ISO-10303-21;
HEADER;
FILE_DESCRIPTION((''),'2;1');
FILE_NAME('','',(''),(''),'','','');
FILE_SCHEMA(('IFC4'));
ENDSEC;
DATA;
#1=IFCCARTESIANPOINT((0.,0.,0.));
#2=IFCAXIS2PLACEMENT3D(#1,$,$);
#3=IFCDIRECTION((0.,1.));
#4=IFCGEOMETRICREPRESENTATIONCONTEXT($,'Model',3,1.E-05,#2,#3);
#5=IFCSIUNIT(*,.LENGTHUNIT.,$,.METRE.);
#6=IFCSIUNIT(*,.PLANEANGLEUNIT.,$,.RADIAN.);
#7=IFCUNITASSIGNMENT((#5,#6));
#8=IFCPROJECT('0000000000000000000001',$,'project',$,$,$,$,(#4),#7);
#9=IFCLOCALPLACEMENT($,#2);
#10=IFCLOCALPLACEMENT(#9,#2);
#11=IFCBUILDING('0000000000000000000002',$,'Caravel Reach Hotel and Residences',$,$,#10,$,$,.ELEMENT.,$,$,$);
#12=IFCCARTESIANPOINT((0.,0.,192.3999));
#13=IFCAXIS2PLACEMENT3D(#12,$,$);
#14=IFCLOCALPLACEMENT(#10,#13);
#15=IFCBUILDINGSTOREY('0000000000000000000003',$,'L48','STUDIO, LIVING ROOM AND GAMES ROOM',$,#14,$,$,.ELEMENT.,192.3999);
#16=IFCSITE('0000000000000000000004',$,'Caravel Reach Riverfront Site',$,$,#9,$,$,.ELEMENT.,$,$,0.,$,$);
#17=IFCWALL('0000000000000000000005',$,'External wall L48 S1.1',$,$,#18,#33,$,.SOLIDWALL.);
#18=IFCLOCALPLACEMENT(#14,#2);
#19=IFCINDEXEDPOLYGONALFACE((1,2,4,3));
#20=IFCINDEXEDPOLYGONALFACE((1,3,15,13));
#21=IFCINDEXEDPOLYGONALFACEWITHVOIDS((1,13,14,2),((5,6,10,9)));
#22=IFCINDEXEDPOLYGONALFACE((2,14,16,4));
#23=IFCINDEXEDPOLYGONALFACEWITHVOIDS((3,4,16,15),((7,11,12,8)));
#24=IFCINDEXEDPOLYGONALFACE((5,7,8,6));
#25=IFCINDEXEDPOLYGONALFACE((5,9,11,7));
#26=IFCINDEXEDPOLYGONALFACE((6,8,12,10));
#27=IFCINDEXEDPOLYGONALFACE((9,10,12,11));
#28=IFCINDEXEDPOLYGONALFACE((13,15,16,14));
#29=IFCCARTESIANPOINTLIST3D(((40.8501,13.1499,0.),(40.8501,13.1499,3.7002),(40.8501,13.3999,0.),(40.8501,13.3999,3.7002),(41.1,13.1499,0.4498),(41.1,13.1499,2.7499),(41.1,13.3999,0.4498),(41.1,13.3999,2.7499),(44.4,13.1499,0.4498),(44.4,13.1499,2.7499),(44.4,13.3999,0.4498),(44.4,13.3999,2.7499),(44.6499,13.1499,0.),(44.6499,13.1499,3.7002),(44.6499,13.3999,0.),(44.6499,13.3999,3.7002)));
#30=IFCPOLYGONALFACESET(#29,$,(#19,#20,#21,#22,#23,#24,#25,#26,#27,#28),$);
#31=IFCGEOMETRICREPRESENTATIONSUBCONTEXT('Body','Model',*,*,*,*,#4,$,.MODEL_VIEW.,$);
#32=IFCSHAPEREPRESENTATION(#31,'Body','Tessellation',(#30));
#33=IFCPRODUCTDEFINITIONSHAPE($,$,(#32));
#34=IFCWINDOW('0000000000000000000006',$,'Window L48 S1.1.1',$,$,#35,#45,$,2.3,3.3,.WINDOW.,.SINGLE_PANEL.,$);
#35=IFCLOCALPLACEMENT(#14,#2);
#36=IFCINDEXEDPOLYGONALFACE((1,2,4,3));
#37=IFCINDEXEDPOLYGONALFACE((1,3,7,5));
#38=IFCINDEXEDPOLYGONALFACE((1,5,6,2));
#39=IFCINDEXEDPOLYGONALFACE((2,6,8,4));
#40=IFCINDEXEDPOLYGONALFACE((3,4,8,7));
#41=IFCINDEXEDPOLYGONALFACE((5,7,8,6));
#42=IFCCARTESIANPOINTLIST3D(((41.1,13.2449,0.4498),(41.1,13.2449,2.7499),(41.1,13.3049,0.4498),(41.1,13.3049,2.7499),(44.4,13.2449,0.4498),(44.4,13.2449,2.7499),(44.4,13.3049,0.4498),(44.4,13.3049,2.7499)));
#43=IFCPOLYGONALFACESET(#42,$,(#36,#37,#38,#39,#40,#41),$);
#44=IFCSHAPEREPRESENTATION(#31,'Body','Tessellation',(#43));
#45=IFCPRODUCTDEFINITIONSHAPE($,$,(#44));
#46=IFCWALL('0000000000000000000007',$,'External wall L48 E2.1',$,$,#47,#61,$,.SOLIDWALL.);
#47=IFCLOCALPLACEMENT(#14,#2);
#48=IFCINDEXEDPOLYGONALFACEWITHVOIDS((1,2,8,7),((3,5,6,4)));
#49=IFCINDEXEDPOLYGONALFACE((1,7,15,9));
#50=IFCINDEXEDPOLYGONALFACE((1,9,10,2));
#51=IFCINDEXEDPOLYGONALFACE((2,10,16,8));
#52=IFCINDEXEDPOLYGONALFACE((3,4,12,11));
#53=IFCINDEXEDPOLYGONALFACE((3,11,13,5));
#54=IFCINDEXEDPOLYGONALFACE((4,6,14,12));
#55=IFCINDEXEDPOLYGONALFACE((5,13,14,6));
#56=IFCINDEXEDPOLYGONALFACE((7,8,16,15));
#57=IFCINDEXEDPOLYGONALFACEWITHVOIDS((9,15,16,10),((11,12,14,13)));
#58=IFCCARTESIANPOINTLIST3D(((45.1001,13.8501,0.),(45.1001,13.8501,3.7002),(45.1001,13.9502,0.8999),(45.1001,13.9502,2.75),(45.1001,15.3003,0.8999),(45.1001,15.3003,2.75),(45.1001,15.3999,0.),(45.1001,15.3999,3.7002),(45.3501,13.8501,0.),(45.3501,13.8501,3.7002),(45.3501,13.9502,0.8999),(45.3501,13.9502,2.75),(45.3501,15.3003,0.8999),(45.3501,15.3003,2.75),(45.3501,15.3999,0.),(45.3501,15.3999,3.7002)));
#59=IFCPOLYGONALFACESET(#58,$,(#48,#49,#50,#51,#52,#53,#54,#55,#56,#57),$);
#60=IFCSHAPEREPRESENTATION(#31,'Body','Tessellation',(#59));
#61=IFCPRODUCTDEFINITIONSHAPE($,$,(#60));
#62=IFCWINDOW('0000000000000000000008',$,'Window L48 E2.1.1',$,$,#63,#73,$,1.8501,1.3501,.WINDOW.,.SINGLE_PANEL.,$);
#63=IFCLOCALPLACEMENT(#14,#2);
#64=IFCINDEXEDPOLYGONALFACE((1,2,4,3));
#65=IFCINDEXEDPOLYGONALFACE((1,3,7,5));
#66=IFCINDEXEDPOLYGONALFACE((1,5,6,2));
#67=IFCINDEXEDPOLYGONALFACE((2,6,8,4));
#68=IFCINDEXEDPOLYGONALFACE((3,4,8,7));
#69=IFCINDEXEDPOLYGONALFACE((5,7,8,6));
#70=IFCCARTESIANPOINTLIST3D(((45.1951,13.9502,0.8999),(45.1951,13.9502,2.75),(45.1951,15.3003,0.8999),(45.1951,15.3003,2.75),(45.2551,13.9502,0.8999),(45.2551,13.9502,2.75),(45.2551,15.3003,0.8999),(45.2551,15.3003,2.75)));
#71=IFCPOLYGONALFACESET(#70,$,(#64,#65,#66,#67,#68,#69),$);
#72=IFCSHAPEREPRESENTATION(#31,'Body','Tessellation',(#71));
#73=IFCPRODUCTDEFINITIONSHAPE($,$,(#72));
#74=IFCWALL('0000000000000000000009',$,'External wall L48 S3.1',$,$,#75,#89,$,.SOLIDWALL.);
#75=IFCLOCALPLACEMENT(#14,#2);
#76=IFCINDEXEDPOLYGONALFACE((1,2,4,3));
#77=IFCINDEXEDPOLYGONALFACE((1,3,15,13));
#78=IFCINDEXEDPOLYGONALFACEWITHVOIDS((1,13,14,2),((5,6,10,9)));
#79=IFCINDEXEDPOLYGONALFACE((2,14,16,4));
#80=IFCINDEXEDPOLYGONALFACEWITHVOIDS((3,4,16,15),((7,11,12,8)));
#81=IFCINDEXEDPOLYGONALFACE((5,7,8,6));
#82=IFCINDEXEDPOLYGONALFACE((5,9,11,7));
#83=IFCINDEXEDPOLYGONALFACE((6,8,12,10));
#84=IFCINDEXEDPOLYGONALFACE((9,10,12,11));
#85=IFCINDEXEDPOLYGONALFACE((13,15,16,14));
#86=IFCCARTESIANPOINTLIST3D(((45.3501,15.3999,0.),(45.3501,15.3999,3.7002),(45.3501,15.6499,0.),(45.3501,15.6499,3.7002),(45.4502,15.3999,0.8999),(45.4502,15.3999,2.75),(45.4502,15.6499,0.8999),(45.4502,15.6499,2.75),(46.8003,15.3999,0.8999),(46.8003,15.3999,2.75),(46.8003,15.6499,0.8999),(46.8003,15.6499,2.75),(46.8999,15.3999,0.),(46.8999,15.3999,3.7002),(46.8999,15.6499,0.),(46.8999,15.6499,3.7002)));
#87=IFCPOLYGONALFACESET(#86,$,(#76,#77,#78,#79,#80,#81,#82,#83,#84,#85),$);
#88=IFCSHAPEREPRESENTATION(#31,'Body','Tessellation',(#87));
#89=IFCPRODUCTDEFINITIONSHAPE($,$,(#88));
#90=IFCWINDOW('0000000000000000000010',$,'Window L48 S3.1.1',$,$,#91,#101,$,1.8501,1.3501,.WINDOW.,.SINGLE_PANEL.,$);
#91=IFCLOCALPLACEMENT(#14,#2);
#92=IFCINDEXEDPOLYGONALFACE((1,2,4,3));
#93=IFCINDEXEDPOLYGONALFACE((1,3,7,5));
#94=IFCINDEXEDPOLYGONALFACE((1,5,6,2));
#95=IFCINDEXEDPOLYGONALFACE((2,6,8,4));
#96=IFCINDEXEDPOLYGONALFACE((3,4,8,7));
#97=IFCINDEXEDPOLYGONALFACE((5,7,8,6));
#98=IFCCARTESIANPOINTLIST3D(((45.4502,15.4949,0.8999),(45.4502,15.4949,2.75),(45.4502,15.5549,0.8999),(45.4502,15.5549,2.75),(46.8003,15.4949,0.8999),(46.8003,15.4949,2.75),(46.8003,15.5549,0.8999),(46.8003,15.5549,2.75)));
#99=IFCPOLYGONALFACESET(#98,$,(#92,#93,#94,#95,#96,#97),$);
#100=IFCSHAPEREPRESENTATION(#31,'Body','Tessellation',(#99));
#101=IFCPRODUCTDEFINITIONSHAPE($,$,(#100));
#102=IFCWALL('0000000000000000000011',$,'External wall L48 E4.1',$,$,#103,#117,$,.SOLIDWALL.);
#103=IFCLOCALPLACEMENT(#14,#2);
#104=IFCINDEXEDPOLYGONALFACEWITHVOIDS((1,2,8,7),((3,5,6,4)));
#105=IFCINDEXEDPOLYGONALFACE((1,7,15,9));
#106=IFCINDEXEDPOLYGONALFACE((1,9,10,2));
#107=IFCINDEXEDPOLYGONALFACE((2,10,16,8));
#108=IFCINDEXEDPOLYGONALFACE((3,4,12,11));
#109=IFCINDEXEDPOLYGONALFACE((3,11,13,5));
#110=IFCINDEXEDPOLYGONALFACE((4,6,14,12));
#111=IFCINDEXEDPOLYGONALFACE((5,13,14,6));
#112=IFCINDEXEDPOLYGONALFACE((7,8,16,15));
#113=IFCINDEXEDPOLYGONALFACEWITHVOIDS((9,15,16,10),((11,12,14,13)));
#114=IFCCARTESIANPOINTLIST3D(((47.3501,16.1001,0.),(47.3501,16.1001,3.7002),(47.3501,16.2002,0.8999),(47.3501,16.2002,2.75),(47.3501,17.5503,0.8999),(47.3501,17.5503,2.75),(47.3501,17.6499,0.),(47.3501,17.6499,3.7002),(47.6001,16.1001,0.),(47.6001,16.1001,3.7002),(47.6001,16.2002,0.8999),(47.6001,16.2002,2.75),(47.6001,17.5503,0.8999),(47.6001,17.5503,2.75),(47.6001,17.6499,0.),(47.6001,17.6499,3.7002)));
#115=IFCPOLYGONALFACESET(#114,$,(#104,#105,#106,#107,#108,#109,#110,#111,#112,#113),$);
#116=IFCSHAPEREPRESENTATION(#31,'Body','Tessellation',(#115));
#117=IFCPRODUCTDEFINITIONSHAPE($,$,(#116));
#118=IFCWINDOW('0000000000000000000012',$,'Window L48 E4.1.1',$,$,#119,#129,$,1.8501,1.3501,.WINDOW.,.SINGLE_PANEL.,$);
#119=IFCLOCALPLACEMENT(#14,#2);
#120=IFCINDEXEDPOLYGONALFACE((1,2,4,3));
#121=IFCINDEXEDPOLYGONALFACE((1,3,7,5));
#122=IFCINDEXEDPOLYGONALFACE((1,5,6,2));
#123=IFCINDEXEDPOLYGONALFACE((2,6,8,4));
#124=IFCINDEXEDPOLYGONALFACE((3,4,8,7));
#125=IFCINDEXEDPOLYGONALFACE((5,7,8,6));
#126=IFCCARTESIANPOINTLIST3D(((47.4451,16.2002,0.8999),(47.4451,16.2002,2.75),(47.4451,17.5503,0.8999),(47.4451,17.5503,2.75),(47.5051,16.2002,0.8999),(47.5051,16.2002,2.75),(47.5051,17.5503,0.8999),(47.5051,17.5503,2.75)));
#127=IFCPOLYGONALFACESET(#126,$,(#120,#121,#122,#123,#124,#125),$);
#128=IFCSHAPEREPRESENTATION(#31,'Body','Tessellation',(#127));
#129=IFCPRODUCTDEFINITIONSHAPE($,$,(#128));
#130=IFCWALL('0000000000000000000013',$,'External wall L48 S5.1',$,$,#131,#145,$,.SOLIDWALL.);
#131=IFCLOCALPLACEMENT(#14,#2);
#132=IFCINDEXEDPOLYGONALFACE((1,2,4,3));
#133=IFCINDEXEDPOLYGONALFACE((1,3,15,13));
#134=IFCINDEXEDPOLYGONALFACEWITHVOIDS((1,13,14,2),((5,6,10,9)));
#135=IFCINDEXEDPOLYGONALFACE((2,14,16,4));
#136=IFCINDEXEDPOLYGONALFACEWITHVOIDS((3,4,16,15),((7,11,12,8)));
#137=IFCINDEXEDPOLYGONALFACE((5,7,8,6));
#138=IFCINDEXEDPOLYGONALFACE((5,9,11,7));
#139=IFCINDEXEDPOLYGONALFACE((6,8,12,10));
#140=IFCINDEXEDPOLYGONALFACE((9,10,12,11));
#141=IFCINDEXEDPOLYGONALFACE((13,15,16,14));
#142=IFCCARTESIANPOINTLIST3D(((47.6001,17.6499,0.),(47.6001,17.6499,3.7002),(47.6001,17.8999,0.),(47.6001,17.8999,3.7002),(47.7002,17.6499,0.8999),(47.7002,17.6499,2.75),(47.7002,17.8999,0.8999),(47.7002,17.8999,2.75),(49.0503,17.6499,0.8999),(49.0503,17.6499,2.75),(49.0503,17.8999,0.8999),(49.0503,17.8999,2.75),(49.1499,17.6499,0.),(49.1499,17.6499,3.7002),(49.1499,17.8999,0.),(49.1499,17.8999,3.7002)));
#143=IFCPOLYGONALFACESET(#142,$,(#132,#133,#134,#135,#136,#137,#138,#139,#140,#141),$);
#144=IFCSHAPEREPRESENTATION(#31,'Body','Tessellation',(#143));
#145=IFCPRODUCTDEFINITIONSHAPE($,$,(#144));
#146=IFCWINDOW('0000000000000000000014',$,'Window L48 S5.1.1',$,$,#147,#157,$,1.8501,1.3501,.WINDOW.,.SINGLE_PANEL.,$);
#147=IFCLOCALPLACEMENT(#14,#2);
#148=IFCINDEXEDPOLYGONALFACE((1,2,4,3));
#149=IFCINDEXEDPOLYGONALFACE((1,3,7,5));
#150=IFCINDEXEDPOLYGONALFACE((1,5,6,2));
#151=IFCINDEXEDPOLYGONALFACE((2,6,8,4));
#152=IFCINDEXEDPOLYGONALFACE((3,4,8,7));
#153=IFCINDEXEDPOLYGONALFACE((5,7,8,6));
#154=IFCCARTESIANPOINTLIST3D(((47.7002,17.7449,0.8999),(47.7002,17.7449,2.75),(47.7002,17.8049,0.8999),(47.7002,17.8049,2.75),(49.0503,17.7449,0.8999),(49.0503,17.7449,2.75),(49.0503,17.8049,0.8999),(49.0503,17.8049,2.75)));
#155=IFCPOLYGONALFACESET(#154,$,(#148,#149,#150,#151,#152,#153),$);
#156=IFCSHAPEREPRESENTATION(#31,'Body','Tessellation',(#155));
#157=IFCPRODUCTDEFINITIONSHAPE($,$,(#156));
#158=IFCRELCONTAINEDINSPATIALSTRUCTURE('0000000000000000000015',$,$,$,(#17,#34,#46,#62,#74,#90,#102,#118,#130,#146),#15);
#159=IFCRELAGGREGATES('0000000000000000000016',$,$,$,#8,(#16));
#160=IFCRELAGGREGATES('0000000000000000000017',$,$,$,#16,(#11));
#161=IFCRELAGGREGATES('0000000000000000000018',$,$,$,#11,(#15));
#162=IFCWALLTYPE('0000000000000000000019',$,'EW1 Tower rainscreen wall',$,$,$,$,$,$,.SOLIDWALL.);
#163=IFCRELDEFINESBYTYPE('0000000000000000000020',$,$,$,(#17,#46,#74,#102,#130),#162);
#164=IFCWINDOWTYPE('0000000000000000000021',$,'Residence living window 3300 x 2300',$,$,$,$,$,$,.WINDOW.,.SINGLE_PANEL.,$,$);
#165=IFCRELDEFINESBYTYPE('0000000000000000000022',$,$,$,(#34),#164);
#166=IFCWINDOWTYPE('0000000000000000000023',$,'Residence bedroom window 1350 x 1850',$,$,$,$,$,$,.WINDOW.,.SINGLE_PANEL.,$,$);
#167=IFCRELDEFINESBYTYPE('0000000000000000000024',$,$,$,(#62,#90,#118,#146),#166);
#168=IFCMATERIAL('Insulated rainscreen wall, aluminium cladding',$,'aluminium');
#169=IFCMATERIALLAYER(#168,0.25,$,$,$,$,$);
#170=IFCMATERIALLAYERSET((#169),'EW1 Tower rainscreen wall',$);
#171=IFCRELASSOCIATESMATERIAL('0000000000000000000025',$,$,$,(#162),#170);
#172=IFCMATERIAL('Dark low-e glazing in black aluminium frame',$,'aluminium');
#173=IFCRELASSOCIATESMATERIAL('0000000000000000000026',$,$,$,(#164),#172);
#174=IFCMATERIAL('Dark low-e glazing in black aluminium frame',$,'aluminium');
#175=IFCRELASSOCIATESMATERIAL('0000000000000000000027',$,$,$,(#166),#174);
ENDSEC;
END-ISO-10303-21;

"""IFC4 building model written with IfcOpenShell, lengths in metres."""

from ifc_helpers import new_model, si_unit, direction, frame, frame_2d, origin, place, context, subcontext, project, spatial, rectangle, extrude, material, layer, layer_set, type_object, element, fill, save


model = new_model("IFC4")

# Units and contexts
model_context = context("Model", 3, precision=1e-05, world=origin(), true_north=direction((0.0, 1.0)))
body_context = subcontext(model_context, "Body", "Model", "MODEL_VIEW")
ifc_project = project(units=[si_unit("LENGTHUNIT", "METRE"), si_unit("PLANEANGLEUNIT", "RADIAN")], contexts=[model_context])

# Site, building, storey
site_placement = place(None, origin())
site = spatial("IfcSite", under=ifc_project, at=site_placement, Name="Caravel Reach Riverfront Site", CompositionType="ELEMENT", RefElevation=0.0)
building_placement = place(site_placement, origin())
building = spatial("IfcBuilding", under=site, at=building_placement, Name="Caravel Reach Hotel and Residences", CompositionType="ELEMENT")
storey_placement = place(building_placement, frame((0.0, 0.0, 192.3999)))
storey = spatial("IfcBuildingStorey", under=building, at=storey_placement, Name="L48", Description="STUDIO, LIVING ROOM AND GAMES ROOM", CompositionType="ELEMENT", Elevation=192.3999)

# Walls, openings, windows
ifc_material_1 = material(Name="Insulated rainscreen wall, aluminium cladding", Category="aluminium")
ifc_layer_1 = layer(ifc_material_1, 0.25)
ifc_layer_set_1 = layer_set([ifc_layer_1], Name="EW1 Tower rainscreen wall")
wall_type_1 = type_object("IfcWallType", Name="EW1 Tower rainscreen wall", PredefinedType="SOLIDWALL", material=ifc_layer_set_1)
wall_1_placement = place(storey_placement, frame((40.8501, 13.2749, 0.0), z_axis=(0.0, 0.0, 1.0), x_axis=(1.0, 0.0, 0.0)))
wall_1 = element("IfcWall", 1, at=wall_1_placement, inside=storey, type_object=wall_type_1, Name="External wall L48 S1.1", PredefinedType="SOLIDWALL", context=body_context, shape_type="SweptSolid", body=[
    extrude(rectangle(XDim=3.7998, YDim=0.25, at=frame_2d((1.8999, 0.0))), origin(), (0.0, 0.0, 1.0), 3.7002),
])
opening_1_placement = place(wall_1_placement, frame((0.25, 0.0, 0.45)))
opening_1 = element("IfcOpeningElement", 2, at=opening_1_placement, cuts=wall_1, PredefinedType="OPENING", context=body_context, shape_type="SweptSolid", body=[
    extrude(rectangle(XDim=3.3, YDim=2.3, at=frame_2d((1.6499, 1.1499))), frame((0.0, 0.135, 0.0), z_axis=(0.0, -1.0, 0.0), x_axis=(1.0, 0.0, 0.0)), (0.0, 0.0, 1.0), 0.27),
])
ifc_material_2 = material(Name="Dark low-e glazing in black aluminium frame", Category="aluminium")
window_type_1 = type_object("IfcWindowType", Name="Residence living window 3300 x 2300", PartitioningType="SINGLE_PANEL", PredefinedType="WINDOW", material=ifc_material_2)
window_1_placement = place(opening_1_placement, origin())
window_1 = element("IfcWindow", 3, at=window_1_placement, inside=storey, type_object=window_type_1, Name="Window L48 S1.1.1", OverallHeight=2.3, OverallWidth=3.3, PartitioningType="SINGLE_PANEL", PredefinedType="WINDOW", context=body_context, shape_type="SweptSolid", body=[
    extrude(rectangle(XDim=3.3, YDim=2.3, at=frame_2d((1.6499, 1.1499))), frame((0.0, 0.03, 0.0), z_axis=(0.0, -1.0, 0.0), x_axis=(1.0, 0.0, 0.0)), (0.0, 0.0, 1.0), 0.0601),
])
fill(opening_1, window_1)
wall_2_placement = place(storey_placement, frame((45.2251, 13.8501, 0.0), z_axis=(0.0, 0.0, 1.0), x_axis=(0.0, 1.0, 0.0)))
wall_2 = element("IfcWall", 4, at=wall_2_placement, inside=storey, type_object=wall_type_1, Name="External wall L48 E2.1", PredefinedType="SOLIDWALL", context=body_context, shape_type="SweptSolid", body=[
    extrude(rectangle(XDim=1.5498, YDim=0.25, at=frame_2d((0.7749, 0.0))), origin(), (0.0, 0.0, 1.0), 3.7002),
])
opening_2_placement = place(wall_2_placement, frame((0.1001, 0.0, 0.8999)))
opening_2 = element("IfcOpeningElement", 5, at=opening_2_placement, cuts=wall_2, PredefinedType="OPENING", context=body_context, shape_type="SweptSolid", body=[
    extrude(rectangle(XDim=1.3501, YDim=1.8501, at=frame_2d((0.675, 0.925))), frame((0.0, 0.135, 0.0), z_axis=(0.0, -1.0, 0.0), x_axis=(1.0, 0.0, 0.0)), (0.0, 0.0, 1.0), 0.27),
])
ifc_material_3 = material(Name="Dark low-e glazing in black aluminium frame", Category="aluminium")
window_type_2 = type_object("IfcWindowType", Name="Residence bedroom window 1350 x 1850", PartitioningType="SINGLE_PANEL", PredefinedType="WINDOW", material=ifc_material_3)
window_2_placement = place(opening_2_placement, origin())
window_2 = element("IfcWindow", 6, at=window_2_placement, inside=storey, type_object=window_type_2, Name="Window L48 E2.1.1", OverallHeight=1.8501, OverallWidth=1.3501, PartitioningType="SINGLE_PANEL", PredefinedType="WINDOW", context=body_context, shape_type="SweptSolid", body=[
    extrude(rectangle(XDim=1.3501, YDim=1.8501, at=frame_2d((0.675, 0.925))), frame((0.0, 0.03, 0.0), z_axis=(0.0, -1.0, 0.0), x_axis=(1.0, 0.0, 0.0)), (0.0, 0.0, 1.0), 0.0601),
])
fill(opening_2, window_2)
wall_3_placement = place(storey_placement, frame((45.3501, 15.5249, 0.0), z_axis=(0.0, 0.0, 1.0), x_axis=(1.0, 0.0, 0.0)))
wall_3 = element("IfcWall", 7, at=wall_3_placement, inside=storey, type_object=wall_type_1, Name="External wall L48 S3.1", PredefinedType="SOLIDWALL", context=body_context, shape_type="SweptSolid", body=[
    extrude(rectangle(XDim=1.5498, YDim=0.25, at=frame_2d((0.7749, 0.0))), origin(), (0.0, 0.0, 1.0), 3.7002),
])
opening_3_placement = place(wall_3_placement, frame((0.1001, 0.0, 0.8999)))
opening_3 = element("IfcOpeningElement", 8, at=opening_3_placement, cuts=wall_3, PredefinedType="OPENING", context=body_context, shape_type="SweptSolid", body=[
    extrude(rectangle(XDim=1.3501, YDim=1.8501, at=frame_2d((0.675, 0.925))), frame((0.0, 0.135, 0.0), z_axis=(0.0, -1.0, 0.0), x_axis=(1.0, 0.0, 0.0)), (0.0, 0.0, 1.0), 0.27),
])
window_3_placement = place(opening_3_placement, origin())
window_3 = element("IfcWindow", 9, at=window_3_placement, inside=storey, type_object=window_type_2, Name="Window L48 S3.1.1", OverallHeight=1.8501, OverallWidth=1.3501, PartitioningType="SINGLE_PANEL", PredefinedType="WINDOW", context=body_context, shape_type="SweptSolid", body=[
    extrude(rectangle(XDim=1.3501, YDim=1.8501, at=frame_2d((0.675, 0.925))), frame((0.0, 0.03, 0.0), z_axis=(0.0, -1.0, 0.0), x_axis=(1.0, 0.0, 0.0)), (0.0, 0.0, 1.0), 0.0601),
])
fill(opening_3, window_3)
wall_4_placement = place(storey_placement, frame((47.4751, 16.1001, 0.0), z_axis=(0.0, 0.0, 1.0), x_axis=(0.0, 1.0, 0.0)))
wall_4 = element("IfcWall", 10, at=wall_4_placement, inside=storey, type_object=wall_type_1, Name="External wall L48 E4.1", PredefinedType="SOLIDWALL", context=body_context, shape_type="SweptSolid", body=[
    extrude(rectangle(XDim=1.5498, YDim=0.25, at=frame_2d((0.7749, 0.0))), origin(), (0.0, 0.0, 1.0), 3.7002),
])
opening_4_placement = place(wall_4_placement, frame((0.1001, 0.0, 0.8999)))
opening_4 = element("IfcOpeningElement", 11, at=opening_4_placement, cuts=wall_4, PredefinedType="OPENING", context=body_context, shape_type="SweptSolid", body=[
    extrude(rectangle(XDim=1.3501, YDim=1.8501, at=frame_2d((0.675, 0.925))), frame((0.0, 0.135, 0.0), z_axis=(0.0, -1.0, 0.0), x_axis=(1.0, 0.0, 0.0)), (0.0, 0.0, 1.0), 0.27),
])
window_4_placement = place(opening_4_placement, origin())
window_4 = element("IfcWindow", 12, at=window_4_placement, inside=storey, type_object=window_type_2, Name="Window L48 E4.1.1", OverallHeight=1.8501, OverallWidth=1.3501, PartitioningType="SINGLE_PANEL", PredefinedType="WINDOW", context=body_context, shape_type="SweptSolid", body=[
    extrude(rectangle(XDim=1.3501, YDim=1.8501, at=frame_2d((0.675, 0.925))), frame((0.0, 0.03, 0.0), z_axis=(0.0, -1.0, 0.0), x_axis=(1.0, 0.0, 0.0)), (0.0, 0.0, 1.0), 0.0601),
])
fill(opening_4, window_4)
wall_5_placement = place(storey_placement, frame((47.6001, 17.7749, 0.0), z_axis=(0.0, 0.0, 1.0), x_axis=(1.0, 0.0, 0.0)))
wall_5 = element("IfcWall", 13, at=wall_5_placement, inside=storey, type_object=wall_type_1, Name="External wall L48 S5.1", PredefinedType="SOLIDWALL", context=body_context, shape_type="SweptSolid", body=[
    extrude(rectangle(XDim=1.5498, YDim=0.25, at=frame_2d((0.7749, 0.0))), origin(), (0.0, 0.0, 1.0), 3.7002),
])
opening_5_placement = place(wall_5_placement, frame((0.1001, 0.0, 0.8999)))
opening_5 = element("IfcOpeningElement", 14, at=opening_5_placement, cuts=wall_5, PredefinedType="OPENING", context=body_context, shape_type="SweptSolid", body=[
    extrude(rectangle(XDim=1.3501, YDim=1.8501, at=frame_2d((0.675, 0.925))), frame((0.0, 0.135, 0.0), z_axis=(0.0, -1.0, 0.0), x_axis=(1.0, 0.0, 0.0)), (0.0, 0.0, 1.0), 0.27),
])
window_5_placement = place(opening_5_placement, origin())
window_5 = element("IfcWindow", 15, at=window_5_placement, inside=storey, type_object=window_type_2, Name="Window L48 S5.1.1", OverallHeight=1.8501, OverallWidth=1.3501, PartitioningType="SINGLE_PANEL", PredefinedType="WINDOW", context=body_context, shape_type="SweptSolid", body=[
    extrude(rectangle(XDim=1.3501, YDim=1.8501, at=frame_2d((0.675, 0.925))), frame((0.0, 0.03, 0.0), z_axis=(0.0, -1.0, 0.0), x_axis=(1.0, 0.0, 0.0)), (0.0, 0.0, 1.0), 0.0601),
])
fill(opening_5, window_5)

save(model, "model.ifc")
